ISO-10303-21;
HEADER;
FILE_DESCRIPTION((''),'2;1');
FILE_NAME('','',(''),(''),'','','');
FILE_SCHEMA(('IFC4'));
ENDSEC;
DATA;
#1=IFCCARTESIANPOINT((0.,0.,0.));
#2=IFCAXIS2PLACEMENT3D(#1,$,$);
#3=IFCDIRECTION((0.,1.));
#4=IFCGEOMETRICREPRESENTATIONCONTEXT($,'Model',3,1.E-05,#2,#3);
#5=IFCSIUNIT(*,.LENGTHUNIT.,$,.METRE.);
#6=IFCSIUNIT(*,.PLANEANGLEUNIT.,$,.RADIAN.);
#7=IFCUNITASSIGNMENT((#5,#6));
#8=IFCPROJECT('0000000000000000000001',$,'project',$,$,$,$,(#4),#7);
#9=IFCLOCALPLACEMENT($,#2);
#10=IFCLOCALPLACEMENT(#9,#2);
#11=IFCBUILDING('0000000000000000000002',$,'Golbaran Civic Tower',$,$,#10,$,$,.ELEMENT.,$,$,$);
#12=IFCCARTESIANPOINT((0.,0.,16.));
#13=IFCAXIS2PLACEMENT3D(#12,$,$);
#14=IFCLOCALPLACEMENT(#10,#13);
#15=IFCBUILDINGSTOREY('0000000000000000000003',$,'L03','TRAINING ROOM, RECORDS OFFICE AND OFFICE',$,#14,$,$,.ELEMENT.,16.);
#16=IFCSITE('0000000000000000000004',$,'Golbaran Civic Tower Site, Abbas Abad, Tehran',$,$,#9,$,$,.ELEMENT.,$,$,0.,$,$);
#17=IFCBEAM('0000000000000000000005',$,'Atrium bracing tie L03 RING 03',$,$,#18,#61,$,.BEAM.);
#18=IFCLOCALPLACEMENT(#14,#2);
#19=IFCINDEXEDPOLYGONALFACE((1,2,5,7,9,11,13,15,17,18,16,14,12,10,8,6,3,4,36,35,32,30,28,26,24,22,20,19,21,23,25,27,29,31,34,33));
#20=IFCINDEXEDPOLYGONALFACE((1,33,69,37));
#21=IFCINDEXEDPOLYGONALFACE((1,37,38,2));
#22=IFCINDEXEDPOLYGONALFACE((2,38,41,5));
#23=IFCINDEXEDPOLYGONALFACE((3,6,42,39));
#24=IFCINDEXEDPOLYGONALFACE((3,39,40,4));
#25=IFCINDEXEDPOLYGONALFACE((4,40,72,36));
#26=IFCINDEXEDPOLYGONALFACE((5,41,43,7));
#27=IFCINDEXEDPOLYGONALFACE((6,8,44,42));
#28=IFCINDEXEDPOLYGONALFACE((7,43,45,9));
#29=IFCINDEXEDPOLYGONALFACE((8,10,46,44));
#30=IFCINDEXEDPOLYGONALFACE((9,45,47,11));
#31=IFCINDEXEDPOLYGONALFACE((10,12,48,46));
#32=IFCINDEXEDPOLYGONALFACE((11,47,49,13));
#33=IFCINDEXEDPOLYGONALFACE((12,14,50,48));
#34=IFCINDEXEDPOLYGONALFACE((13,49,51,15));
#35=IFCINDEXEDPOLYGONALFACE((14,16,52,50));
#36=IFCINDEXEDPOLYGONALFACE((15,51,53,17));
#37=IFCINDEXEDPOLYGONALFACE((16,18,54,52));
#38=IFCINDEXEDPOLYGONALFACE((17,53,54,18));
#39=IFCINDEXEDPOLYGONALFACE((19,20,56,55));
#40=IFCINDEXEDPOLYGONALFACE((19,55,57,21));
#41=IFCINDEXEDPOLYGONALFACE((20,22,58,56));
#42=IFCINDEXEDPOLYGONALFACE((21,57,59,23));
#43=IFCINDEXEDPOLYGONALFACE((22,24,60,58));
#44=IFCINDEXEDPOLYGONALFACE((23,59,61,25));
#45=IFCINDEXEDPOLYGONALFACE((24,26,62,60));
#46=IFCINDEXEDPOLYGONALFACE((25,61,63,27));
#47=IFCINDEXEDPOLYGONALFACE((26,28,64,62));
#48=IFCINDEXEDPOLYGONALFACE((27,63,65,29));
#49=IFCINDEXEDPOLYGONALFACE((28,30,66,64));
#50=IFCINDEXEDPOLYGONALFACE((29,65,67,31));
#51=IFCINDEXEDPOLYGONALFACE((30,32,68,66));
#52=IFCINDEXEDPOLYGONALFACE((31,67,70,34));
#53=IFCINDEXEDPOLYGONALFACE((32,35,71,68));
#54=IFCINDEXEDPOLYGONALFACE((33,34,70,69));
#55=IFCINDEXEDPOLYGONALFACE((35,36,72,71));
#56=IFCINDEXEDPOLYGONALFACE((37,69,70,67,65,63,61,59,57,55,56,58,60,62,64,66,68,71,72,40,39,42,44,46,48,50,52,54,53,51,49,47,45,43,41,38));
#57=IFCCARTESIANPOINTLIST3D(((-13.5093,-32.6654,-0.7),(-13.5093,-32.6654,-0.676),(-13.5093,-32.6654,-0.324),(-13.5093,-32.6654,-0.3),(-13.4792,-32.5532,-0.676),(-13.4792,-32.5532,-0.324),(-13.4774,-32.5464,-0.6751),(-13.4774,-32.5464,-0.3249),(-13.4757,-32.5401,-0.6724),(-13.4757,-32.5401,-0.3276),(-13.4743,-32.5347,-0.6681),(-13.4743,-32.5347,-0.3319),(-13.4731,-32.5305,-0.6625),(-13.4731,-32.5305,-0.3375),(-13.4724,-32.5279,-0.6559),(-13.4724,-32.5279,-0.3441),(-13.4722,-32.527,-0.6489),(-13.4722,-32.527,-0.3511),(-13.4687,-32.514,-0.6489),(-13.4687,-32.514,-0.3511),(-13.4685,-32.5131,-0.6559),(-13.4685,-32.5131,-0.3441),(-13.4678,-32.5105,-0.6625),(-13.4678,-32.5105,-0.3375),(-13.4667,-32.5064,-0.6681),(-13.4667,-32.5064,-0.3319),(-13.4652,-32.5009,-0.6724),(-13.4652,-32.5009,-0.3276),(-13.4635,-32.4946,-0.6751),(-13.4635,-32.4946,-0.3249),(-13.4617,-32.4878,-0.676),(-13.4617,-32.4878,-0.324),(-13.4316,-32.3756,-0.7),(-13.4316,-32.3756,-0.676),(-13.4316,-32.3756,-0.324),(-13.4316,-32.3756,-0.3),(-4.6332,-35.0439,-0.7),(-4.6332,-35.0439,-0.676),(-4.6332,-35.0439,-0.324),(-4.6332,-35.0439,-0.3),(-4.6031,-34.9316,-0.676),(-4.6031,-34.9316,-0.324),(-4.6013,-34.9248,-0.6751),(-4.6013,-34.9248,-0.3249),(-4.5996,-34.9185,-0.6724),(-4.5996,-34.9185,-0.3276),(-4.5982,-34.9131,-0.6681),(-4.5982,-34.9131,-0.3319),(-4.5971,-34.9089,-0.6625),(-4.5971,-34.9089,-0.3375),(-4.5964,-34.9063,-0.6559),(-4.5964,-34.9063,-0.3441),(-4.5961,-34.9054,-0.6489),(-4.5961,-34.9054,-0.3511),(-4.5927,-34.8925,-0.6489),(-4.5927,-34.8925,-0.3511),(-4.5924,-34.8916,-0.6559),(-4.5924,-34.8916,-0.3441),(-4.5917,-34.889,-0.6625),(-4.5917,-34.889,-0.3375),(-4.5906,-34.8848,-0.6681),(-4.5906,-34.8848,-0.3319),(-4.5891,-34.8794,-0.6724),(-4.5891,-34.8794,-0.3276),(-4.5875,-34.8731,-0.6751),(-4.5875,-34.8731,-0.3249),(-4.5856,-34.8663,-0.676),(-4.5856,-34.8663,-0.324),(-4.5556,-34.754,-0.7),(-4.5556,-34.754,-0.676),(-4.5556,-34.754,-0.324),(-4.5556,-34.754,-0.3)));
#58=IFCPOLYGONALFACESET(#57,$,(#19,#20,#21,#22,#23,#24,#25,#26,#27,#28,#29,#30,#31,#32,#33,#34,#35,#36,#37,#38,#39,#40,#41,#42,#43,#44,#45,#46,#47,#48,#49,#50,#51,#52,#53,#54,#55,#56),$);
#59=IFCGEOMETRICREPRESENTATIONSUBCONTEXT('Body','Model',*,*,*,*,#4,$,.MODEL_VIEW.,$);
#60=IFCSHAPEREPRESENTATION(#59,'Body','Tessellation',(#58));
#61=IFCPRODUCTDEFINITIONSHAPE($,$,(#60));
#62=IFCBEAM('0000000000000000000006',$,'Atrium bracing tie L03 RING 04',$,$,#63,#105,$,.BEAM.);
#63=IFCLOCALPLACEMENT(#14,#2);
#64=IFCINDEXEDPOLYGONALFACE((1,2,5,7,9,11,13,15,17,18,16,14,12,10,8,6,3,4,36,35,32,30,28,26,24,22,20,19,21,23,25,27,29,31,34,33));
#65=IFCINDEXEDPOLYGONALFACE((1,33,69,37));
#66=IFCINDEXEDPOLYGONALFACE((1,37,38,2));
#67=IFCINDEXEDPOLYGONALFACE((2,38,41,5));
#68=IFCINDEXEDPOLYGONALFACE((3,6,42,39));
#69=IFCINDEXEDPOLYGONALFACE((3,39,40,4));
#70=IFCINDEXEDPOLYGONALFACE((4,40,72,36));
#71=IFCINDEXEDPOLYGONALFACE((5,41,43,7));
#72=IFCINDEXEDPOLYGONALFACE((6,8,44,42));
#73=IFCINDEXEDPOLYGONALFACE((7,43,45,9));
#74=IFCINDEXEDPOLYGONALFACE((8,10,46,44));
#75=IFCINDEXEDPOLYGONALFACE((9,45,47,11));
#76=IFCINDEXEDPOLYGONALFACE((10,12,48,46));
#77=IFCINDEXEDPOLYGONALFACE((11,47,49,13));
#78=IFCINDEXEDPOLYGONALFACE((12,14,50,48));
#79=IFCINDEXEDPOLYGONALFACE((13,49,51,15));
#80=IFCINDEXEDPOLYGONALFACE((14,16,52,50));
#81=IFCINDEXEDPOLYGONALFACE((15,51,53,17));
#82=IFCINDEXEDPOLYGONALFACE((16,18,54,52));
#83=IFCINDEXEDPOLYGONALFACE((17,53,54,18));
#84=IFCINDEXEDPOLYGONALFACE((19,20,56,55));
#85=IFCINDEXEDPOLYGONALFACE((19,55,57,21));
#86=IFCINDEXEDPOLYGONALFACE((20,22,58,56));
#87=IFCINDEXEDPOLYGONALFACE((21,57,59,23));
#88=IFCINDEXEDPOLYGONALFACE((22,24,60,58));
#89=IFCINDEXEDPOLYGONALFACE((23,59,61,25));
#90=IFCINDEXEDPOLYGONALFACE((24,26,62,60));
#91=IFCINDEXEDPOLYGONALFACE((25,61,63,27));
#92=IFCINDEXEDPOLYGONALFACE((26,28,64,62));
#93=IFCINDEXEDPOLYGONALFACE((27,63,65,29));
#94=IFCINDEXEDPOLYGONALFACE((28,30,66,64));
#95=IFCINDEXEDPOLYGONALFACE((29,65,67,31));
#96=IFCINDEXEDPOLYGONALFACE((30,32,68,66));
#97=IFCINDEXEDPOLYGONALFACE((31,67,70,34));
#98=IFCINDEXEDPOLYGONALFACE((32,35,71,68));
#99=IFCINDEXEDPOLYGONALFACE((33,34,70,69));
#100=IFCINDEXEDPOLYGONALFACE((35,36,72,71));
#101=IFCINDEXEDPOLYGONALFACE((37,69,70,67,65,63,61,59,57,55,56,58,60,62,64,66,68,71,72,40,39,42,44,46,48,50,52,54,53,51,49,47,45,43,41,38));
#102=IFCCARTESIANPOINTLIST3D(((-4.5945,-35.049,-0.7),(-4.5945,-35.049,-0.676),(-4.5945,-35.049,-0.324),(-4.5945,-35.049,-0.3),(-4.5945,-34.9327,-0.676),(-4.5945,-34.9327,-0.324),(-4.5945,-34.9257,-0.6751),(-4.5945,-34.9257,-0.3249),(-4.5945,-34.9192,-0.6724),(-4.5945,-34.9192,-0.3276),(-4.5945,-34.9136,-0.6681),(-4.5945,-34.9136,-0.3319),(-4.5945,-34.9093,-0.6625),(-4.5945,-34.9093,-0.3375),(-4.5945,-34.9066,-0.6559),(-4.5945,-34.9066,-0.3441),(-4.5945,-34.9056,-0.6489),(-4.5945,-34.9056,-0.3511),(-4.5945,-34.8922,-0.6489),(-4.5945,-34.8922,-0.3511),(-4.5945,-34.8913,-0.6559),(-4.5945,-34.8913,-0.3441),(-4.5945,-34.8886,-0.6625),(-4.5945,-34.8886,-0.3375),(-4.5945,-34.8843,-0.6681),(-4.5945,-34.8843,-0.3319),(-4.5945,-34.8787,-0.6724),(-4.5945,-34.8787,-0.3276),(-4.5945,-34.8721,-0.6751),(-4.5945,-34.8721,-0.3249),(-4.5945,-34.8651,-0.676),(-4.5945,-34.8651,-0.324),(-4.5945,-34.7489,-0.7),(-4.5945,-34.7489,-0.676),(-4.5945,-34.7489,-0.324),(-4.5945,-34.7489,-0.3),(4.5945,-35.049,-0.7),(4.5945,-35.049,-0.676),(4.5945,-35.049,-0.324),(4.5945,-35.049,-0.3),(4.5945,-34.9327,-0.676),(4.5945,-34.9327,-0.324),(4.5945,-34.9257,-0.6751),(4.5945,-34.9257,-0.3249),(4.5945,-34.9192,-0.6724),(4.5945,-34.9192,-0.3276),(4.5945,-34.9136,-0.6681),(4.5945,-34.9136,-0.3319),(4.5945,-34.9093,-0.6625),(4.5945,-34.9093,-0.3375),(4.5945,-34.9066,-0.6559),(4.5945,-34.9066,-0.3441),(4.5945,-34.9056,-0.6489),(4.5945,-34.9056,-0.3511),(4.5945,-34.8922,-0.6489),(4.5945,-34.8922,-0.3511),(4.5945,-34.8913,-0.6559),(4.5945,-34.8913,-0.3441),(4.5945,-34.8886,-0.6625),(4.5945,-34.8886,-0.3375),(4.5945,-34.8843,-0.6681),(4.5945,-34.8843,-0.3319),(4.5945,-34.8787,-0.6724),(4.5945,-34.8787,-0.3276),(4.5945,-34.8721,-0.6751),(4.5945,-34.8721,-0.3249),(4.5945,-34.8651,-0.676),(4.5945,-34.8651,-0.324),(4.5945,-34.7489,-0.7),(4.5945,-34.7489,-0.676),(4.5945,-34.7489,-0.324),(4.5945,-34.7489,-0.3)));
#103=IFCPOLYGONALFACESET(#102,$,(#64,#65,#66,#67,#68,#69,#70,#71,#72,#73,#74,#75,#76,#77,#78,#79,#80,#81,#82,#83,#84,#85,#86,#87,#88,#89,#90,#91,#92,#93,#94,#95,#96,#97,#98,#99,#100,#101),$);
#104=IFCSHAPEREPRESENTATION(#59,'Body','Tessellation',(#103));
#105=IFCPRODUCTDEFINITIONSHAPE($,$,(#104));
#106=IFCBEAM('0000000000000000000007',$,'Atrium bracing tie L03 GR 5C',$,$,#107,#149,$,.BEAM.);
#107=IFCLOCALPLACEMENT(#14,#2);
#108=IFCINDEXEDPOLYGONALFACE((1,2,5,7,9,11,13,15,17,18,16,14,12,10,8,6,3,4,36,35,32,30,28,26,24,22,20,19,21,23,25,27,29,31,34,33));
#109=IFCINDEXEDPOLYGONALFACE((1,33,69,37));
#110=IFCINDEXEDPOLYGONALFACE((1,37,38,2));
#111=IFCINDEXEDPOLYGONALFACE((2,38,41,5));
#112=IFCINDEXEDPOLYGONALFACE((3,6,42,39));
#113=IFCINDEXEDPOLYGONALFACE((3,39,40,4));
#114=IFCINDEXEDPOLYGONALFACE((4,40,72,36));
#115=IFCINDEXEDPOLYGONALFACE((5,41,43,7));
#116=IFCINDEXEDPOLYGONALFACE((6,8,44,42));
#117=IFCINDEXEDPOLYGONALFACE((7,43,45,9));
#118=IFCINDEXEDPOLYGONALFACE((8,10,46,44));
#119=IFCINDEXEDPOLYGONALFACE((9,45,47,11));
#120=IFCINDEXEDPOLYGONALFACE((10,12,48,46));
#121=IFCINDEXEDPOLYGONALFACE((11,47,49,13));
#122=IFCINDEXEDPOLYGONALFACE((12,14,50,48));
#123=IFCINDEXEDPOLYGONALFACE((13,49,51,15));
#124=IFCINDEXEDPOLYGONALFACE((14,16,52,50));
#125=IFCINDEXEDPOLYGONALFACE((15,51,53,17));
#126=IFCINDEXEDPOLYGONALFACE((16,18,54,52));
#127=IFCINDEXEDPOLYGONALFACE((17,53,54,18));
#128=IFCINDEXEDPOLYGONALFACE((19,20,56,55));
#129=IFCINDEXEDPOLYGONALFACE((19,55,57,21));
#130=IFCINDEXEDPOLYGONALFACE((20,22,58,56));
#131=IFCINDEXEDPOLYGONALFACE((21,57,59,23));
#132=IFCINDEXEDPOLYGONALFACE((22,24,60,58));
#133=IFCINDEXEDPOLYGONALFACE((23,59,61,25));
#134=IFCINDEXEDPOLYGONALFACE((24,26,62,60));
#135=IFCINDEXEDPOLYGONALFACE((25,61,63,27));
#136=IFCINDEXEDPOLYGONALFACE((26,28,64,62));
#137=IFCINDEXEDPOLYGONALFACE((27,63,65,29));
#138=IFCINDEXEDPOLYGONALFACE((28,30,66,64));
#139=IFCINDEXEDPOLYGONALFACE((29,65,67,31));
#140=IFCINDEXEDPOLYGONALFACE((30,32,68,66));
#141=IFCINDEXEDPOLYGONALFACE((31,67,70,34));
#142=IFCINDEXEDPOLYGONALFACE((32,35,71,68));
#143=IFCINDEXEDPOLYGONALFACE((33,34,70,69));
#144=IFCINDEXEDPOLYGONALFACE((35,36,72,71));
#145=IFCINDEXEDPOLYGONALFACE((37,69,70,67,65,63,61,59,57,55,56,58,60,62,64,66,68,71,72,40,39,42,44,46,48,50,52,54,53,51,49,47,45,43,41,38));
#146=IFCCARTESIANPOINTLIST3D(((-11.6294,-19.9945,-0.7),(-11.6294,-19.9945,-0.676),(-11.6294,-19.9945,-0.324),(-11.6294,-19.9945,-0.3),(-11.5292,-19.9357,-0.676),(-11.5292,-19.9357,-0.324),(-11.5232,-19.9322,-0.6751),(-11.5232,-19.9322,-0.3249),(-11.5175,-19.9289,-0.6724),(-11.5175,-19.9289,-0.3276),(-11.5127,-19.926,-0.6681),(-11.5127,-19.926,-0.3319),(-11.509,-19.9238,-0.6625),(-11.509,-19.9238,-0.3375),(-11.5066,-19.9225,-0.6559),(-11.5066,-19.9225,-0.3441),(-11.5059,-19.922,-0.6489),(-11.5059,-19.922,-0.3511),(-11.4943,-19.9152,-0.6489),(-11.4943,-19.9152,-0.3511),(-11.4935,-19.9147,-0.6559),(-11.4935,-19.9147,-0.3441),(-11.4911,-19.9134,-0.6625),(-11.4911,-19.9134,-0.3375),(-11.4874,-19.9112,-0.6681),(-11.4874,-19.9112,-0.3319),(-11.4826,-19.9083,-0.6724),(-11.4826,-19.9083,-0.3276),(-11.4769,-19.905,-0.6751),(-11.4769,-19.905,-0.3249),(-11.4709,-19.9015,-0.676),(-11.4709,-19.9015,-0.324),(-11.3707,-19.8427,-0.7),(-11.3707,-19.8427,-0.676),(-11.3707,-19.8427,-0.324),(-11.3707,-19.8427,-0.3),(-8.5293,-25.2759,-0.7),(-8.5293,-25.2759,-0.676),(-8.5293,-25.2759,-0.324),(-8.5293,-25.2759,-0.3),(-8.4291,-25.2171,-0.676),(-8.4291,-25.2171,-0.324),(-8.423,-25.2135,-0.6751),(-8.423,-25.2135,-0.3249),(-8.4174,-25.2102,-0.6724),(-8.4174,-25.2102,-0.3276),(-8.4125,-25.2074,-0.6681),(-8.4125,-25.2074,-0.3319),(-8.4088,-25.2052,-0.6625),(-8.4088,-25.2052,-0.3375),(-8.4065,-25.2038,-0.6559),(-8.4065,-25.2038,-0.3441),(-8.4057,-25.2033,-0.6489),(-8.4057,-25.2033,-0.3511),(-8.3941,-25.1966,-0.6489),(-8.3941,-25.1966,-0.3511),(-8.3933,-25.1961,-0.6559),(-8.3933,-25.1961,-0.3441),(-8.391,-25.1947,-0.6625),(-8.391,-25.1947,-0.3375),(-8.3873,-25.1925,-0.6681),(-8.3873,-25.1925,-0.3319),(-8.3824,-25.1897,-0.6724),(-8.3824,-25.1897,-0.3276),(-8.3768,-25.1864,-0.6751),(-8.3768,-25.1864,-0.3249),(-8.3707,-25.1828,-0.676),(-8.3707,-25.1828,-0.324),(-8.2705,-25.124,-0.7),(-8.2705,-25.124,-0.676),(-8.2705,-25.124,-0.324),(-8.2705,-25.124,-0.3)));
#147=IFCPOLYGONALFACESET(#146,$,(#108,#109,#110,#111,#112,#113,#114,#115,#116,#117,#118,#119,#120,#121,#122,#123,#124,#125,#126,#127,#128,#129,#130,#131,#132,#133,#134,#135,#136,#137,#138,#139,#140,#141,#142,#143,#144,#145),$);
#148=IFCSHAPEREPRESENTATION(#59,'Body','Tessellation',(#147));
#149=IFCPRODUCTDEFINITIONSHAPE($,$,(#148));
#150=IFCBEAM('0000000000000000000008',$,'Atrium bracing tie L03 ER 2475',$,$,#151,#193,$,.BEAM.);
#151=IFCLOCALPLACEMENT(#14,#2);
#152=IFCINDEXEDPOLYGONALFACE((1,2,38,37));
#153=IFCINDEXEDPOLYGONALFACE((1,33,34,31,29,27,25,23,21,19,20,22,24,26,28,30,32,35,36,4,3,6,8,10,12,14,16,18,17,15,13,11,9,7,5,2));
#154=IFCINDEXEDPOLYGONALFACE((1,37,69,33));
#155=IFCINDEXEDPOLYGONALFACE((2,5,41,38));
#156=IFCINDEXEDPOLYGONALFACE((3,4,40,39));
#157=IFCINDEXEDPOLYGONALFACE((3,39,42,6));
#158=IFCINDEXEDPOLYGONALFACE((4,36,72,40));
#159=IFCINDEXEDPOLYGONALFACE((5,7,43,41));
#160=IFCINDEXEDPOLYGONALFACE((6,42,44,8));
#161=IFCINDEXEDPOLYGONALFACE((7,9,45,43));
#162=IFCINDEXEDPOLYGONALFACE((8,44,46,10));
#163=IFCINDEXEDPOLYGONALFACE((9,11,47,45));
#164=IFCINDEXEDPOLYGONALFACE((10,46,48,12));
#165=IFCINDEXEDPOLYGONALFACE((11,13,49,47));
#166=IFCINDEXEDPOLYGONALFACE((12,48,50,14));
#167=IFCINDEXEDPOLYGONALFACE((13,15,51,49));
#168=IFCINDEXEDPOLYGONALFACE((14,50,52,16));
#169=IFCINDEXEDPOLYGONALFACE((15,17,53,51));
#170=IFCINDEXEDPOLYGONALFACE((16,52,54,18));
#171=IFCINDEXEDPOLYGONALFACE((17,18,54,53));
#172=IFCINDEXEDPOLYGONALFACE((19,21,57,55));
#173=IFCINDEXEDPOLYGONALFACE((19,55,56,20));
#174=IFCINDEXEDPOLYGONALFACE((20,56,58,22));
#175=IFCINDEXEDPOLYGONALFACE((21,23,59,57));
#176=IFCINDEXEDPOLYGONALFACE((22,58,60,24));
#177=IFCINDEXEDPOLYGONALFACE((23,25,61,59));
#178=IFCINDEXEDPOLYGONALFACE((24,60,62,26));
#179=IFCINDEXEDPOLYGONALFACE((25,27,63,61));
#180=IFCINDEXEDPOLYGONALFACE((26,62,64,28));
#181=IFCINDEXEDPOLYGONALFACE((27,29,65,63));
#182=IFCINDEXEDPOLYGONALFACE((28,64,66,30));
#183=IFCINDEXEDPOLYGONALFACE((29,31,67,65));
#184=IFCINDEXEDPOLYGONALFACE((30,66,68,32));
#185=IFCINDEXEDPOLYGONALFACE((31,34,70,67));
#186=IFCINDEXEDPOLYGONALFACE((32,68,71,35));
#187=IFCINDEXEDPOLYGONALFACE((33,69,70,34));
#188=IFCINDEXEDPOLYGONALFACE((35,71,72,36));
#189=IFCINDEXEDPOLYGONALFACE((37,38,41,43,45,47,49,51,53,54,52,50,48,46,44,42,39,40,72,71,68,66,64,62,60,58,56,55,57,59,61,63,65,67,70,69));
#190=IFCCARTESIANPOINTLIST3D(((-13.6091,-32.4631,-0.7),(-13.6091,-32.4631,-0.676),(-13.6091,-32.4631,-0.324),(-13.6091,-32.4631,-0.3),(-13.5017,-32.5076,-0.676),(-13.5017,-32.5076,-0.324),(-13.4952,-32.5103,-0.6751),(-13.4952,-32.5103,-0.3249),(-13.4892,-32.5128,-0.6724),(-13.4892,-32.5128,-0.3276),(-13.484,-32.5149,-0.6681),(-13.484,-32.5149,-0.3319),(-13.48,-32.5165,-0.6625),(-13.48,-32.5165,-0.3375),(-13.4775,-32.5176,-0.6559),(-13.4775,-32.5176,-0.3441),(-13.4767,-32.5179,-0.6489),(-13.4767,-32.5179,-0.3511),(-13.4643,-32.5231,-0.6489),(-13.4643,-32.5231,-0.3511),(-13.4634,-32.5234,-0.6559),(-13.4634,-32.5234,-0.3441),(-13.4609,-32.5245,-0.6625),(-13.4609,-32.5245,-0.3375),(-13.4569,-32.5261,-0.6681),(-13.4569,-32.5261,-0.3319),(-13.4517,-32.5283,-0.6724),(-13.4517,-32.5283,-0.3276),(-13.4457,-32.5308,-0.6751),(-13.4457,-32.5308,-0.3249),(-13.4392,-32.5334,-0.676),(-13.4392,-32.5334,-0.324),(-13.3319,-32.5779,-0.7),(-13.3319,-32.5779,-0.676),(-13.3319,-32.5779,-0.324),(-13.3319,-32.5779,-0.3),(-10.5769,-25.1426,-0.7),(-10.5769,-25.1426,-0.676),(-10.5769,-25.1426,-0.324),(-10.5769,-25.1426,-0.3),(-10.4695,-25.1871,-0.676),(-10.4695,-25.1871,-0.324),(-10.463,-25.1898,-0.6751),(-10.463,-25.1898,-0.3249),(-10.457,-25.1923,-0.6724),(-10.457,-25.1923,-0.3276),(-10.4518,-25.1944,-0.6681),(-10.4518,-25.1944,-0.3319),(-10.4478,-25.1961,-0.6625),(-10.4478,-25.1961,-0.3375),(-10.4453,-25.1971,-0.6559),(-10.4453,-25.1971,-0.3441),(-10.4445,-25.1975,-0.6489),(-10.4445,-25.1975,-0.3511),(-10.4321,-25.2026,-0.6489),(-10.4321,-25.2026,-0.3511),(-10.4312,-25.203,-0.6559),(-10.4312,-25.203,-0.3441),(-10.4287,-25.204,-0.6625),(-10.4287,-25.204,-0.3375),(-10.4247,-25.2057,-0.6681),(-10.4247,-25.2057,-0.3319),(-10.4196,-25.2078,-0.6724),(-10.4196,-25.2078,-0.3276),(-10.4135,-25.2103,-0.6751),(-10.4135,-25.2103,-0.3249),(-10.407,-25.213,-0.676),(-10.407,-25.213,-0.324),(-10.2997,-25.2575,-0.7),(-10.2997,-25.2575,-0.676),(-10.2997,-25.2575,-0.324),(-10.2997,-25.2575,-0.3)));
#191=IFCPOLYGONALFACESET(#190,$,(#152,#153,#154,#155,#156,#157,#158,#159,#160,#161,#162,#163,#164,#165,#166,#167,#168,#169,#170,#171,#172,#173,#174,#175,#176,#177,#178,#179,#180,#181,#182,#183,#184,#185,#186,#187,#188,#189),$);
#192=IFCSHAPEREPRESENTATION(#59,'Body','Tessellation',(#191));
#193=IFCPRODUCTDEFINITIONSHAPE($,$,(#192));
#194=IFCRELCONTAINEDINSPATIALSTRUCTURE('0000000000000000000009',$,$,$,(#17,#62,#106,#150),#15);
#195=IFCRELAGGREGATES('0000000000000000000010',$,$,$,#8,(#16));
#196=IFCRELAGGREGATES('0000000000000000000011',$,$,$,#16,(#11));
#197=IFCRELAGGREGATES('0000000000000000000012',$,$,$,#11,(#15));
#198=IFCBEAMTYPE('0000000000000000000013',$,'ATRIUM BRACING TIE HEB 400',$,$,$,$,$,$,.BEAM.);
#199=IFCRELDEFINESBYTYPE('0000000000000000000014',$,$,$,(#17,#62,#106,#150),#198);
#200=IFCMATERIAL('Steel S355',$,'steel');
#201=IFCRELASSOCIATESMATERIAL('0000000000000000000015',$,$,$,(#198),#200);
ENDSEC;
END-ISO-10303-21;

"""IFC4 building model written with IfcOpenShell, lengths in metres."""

from ifc_helpers import new_model, si_unit, direction, frame, origin, origin_2d, place, context, subcontext, project, spatial, i_section, extrude, material, material_profile, profile_set, type_object, element, save


model = new_model("IFC4")

# Units and contexts
model_context = context("Model", 3, precision=1e-05, world=origin(), true_north=direction((0.0, 1.0)))
body_context = subcontext(model_context, "Body", "Model", "MODEL_VIEW")
ifc_project = project(units=[si_unit("LENGTHUNIT", "METRE"), si_unit("PLANEANGLEUNIT", "RADIAN")], contexts=[model_context])

# Site, building, storey
site_placement = place(None, origin())
site = spatial("IfcSite", under=ifc_project, at=site_placement, Name="Golbaran Civic Tower Site, Abbas Abad, Tehran", CompositionType="ELEMENT", RefElevation=0.0)
building_placement = place(site_placement, origin())
building = spatial("IfcBuilding", under=site, at=building_placement, Name="Golbaran Civic Tower", CompositionType="ELEMENT")
storey_placement = place(building_placement, frame((0.0, 0.0, 16.0)))
storey = spatial("IfcBuildingStorey", under=building, at=storey_placement, Name="L03", Description="TRAINING ROOM, RECORDS OFFICE AND OFFICE", CompositionType="ELEMENT", Elevation=16.0)

# Shared definitions
ifc_material_1 = material(Name="Steel S355", Category="steel")

# Beams
ifc_material_profile_1 = material_profile(ifc_material_1, i_section(OverallWidth=0.3, OverallDepth=0.3999, WebThickness=0.0134, FlangeThickness=0.0239, FilletRadius=0.0271, at=origin_2d()), Name="HEB 400")
ifc_profile_set_1 = profile_set([ifc_material_profile_1], Name="Steel S355")
beam_type_1 = type_object("IfcBeamType", Name="ATRIUM BRACING TIE HEB 400", PredefinedType="BEAM", material=ifc_profile_set_1)
beam_1_placement = place(storey_placement, frame((-13.4705, -32.5205, -0.5), z_axis=(0.965923, -0.25883, 0.0), x_axis=(0.25883, 0.965923, 0.0)))
element("IfcBeam", 1, at=beam_1_placement, inside=storey, type_object=beam_type_1, Name="Atrium bracing tie L03 RING 03", PredefinedType="BEAM", context=body_context, shape_type="SweptSolid", body=[
    extrude(i_section(OverallWidth=0.3, OverallDepth=0.3999, WebThickness=0.0134, FlangeThickness=0.0239, FilletRadius=0.0271, at=origin_2d()), origin(), (0.0, 0.0, 1.0), 9.1892),
])
beam_2_placement = place(storey_placement, frame((-4.5945, -34.8989, -0.5), z_axis=(1.0, 0.0, 0.0), x_axis=(0.0, 1.0, 0.0)))
element("IfcBeam", 2, at=beam_2_placement, inside=storey, type_object=beam_type_1, Name="Atrium bracing tie L03 RING 04", PredefinedType="BEAM", context=body_context, shape_type="SweptSolid", body=[
    extrude(i_section(OverallWidth=0.3, OverallDepth=0.3999, WebThickness=0.0134, FlangeThickness=0.0239, FilletRadius=0.0271, at=origin_2d()), origin(), (0.0, 0.0, 1.0), 9.189),
])
beam_3_placement = place(storey_placement, frame((-8.3999, -25.2, -0.5), z_axis=(-0.506229, 0.862399, 0.0), x_axis=(-0.862399, -0.506229, 0.0)))
element("IfcBeam", 3, at=beam_3_placement, inside=storey, type_object=beam_type_1, Name="Atrium bracing tie L03 GR 5C", PredefinedType="BEAM", context=body_context, shape_type="SweptSolid", body=[
    extrude(i_section(OverallWidth=0.3, OverallDepth=0.3999, WebThickness=0.0134, FlangeThickness=0.0239, FilletRadius=0.0271, at=origin_2d()), origin(), (0.0, 0.0, 1.0), 6.124),
])
beam_4_placement = place(storey_placement, frame((-13.4705, -32.5205, -0.5), z_axis=(0.382678, 0.923882, 0.0), x_axis=(-0.923882, 0.382678, 0.0)))
element("IfcBeam", 4, at=beam_4_placement, inside=storey, type_object=beam_type_1, Name="Atrium bracing tie L03 ER 2475", PredefinedType="BEAM", context=body_context, shape_type="SweptSolid", body=[
    extrude(i_section(OverallWidth=0.3, OverallDepth=0.3999, WebThickness=0.0134, FlangeThickness=0.0239, FilletRadius=0.0271, at=origin_2d()), origin(), (0.0, 0.0, 1.0), 7.9236),
])

save(model, "model.ifc")
